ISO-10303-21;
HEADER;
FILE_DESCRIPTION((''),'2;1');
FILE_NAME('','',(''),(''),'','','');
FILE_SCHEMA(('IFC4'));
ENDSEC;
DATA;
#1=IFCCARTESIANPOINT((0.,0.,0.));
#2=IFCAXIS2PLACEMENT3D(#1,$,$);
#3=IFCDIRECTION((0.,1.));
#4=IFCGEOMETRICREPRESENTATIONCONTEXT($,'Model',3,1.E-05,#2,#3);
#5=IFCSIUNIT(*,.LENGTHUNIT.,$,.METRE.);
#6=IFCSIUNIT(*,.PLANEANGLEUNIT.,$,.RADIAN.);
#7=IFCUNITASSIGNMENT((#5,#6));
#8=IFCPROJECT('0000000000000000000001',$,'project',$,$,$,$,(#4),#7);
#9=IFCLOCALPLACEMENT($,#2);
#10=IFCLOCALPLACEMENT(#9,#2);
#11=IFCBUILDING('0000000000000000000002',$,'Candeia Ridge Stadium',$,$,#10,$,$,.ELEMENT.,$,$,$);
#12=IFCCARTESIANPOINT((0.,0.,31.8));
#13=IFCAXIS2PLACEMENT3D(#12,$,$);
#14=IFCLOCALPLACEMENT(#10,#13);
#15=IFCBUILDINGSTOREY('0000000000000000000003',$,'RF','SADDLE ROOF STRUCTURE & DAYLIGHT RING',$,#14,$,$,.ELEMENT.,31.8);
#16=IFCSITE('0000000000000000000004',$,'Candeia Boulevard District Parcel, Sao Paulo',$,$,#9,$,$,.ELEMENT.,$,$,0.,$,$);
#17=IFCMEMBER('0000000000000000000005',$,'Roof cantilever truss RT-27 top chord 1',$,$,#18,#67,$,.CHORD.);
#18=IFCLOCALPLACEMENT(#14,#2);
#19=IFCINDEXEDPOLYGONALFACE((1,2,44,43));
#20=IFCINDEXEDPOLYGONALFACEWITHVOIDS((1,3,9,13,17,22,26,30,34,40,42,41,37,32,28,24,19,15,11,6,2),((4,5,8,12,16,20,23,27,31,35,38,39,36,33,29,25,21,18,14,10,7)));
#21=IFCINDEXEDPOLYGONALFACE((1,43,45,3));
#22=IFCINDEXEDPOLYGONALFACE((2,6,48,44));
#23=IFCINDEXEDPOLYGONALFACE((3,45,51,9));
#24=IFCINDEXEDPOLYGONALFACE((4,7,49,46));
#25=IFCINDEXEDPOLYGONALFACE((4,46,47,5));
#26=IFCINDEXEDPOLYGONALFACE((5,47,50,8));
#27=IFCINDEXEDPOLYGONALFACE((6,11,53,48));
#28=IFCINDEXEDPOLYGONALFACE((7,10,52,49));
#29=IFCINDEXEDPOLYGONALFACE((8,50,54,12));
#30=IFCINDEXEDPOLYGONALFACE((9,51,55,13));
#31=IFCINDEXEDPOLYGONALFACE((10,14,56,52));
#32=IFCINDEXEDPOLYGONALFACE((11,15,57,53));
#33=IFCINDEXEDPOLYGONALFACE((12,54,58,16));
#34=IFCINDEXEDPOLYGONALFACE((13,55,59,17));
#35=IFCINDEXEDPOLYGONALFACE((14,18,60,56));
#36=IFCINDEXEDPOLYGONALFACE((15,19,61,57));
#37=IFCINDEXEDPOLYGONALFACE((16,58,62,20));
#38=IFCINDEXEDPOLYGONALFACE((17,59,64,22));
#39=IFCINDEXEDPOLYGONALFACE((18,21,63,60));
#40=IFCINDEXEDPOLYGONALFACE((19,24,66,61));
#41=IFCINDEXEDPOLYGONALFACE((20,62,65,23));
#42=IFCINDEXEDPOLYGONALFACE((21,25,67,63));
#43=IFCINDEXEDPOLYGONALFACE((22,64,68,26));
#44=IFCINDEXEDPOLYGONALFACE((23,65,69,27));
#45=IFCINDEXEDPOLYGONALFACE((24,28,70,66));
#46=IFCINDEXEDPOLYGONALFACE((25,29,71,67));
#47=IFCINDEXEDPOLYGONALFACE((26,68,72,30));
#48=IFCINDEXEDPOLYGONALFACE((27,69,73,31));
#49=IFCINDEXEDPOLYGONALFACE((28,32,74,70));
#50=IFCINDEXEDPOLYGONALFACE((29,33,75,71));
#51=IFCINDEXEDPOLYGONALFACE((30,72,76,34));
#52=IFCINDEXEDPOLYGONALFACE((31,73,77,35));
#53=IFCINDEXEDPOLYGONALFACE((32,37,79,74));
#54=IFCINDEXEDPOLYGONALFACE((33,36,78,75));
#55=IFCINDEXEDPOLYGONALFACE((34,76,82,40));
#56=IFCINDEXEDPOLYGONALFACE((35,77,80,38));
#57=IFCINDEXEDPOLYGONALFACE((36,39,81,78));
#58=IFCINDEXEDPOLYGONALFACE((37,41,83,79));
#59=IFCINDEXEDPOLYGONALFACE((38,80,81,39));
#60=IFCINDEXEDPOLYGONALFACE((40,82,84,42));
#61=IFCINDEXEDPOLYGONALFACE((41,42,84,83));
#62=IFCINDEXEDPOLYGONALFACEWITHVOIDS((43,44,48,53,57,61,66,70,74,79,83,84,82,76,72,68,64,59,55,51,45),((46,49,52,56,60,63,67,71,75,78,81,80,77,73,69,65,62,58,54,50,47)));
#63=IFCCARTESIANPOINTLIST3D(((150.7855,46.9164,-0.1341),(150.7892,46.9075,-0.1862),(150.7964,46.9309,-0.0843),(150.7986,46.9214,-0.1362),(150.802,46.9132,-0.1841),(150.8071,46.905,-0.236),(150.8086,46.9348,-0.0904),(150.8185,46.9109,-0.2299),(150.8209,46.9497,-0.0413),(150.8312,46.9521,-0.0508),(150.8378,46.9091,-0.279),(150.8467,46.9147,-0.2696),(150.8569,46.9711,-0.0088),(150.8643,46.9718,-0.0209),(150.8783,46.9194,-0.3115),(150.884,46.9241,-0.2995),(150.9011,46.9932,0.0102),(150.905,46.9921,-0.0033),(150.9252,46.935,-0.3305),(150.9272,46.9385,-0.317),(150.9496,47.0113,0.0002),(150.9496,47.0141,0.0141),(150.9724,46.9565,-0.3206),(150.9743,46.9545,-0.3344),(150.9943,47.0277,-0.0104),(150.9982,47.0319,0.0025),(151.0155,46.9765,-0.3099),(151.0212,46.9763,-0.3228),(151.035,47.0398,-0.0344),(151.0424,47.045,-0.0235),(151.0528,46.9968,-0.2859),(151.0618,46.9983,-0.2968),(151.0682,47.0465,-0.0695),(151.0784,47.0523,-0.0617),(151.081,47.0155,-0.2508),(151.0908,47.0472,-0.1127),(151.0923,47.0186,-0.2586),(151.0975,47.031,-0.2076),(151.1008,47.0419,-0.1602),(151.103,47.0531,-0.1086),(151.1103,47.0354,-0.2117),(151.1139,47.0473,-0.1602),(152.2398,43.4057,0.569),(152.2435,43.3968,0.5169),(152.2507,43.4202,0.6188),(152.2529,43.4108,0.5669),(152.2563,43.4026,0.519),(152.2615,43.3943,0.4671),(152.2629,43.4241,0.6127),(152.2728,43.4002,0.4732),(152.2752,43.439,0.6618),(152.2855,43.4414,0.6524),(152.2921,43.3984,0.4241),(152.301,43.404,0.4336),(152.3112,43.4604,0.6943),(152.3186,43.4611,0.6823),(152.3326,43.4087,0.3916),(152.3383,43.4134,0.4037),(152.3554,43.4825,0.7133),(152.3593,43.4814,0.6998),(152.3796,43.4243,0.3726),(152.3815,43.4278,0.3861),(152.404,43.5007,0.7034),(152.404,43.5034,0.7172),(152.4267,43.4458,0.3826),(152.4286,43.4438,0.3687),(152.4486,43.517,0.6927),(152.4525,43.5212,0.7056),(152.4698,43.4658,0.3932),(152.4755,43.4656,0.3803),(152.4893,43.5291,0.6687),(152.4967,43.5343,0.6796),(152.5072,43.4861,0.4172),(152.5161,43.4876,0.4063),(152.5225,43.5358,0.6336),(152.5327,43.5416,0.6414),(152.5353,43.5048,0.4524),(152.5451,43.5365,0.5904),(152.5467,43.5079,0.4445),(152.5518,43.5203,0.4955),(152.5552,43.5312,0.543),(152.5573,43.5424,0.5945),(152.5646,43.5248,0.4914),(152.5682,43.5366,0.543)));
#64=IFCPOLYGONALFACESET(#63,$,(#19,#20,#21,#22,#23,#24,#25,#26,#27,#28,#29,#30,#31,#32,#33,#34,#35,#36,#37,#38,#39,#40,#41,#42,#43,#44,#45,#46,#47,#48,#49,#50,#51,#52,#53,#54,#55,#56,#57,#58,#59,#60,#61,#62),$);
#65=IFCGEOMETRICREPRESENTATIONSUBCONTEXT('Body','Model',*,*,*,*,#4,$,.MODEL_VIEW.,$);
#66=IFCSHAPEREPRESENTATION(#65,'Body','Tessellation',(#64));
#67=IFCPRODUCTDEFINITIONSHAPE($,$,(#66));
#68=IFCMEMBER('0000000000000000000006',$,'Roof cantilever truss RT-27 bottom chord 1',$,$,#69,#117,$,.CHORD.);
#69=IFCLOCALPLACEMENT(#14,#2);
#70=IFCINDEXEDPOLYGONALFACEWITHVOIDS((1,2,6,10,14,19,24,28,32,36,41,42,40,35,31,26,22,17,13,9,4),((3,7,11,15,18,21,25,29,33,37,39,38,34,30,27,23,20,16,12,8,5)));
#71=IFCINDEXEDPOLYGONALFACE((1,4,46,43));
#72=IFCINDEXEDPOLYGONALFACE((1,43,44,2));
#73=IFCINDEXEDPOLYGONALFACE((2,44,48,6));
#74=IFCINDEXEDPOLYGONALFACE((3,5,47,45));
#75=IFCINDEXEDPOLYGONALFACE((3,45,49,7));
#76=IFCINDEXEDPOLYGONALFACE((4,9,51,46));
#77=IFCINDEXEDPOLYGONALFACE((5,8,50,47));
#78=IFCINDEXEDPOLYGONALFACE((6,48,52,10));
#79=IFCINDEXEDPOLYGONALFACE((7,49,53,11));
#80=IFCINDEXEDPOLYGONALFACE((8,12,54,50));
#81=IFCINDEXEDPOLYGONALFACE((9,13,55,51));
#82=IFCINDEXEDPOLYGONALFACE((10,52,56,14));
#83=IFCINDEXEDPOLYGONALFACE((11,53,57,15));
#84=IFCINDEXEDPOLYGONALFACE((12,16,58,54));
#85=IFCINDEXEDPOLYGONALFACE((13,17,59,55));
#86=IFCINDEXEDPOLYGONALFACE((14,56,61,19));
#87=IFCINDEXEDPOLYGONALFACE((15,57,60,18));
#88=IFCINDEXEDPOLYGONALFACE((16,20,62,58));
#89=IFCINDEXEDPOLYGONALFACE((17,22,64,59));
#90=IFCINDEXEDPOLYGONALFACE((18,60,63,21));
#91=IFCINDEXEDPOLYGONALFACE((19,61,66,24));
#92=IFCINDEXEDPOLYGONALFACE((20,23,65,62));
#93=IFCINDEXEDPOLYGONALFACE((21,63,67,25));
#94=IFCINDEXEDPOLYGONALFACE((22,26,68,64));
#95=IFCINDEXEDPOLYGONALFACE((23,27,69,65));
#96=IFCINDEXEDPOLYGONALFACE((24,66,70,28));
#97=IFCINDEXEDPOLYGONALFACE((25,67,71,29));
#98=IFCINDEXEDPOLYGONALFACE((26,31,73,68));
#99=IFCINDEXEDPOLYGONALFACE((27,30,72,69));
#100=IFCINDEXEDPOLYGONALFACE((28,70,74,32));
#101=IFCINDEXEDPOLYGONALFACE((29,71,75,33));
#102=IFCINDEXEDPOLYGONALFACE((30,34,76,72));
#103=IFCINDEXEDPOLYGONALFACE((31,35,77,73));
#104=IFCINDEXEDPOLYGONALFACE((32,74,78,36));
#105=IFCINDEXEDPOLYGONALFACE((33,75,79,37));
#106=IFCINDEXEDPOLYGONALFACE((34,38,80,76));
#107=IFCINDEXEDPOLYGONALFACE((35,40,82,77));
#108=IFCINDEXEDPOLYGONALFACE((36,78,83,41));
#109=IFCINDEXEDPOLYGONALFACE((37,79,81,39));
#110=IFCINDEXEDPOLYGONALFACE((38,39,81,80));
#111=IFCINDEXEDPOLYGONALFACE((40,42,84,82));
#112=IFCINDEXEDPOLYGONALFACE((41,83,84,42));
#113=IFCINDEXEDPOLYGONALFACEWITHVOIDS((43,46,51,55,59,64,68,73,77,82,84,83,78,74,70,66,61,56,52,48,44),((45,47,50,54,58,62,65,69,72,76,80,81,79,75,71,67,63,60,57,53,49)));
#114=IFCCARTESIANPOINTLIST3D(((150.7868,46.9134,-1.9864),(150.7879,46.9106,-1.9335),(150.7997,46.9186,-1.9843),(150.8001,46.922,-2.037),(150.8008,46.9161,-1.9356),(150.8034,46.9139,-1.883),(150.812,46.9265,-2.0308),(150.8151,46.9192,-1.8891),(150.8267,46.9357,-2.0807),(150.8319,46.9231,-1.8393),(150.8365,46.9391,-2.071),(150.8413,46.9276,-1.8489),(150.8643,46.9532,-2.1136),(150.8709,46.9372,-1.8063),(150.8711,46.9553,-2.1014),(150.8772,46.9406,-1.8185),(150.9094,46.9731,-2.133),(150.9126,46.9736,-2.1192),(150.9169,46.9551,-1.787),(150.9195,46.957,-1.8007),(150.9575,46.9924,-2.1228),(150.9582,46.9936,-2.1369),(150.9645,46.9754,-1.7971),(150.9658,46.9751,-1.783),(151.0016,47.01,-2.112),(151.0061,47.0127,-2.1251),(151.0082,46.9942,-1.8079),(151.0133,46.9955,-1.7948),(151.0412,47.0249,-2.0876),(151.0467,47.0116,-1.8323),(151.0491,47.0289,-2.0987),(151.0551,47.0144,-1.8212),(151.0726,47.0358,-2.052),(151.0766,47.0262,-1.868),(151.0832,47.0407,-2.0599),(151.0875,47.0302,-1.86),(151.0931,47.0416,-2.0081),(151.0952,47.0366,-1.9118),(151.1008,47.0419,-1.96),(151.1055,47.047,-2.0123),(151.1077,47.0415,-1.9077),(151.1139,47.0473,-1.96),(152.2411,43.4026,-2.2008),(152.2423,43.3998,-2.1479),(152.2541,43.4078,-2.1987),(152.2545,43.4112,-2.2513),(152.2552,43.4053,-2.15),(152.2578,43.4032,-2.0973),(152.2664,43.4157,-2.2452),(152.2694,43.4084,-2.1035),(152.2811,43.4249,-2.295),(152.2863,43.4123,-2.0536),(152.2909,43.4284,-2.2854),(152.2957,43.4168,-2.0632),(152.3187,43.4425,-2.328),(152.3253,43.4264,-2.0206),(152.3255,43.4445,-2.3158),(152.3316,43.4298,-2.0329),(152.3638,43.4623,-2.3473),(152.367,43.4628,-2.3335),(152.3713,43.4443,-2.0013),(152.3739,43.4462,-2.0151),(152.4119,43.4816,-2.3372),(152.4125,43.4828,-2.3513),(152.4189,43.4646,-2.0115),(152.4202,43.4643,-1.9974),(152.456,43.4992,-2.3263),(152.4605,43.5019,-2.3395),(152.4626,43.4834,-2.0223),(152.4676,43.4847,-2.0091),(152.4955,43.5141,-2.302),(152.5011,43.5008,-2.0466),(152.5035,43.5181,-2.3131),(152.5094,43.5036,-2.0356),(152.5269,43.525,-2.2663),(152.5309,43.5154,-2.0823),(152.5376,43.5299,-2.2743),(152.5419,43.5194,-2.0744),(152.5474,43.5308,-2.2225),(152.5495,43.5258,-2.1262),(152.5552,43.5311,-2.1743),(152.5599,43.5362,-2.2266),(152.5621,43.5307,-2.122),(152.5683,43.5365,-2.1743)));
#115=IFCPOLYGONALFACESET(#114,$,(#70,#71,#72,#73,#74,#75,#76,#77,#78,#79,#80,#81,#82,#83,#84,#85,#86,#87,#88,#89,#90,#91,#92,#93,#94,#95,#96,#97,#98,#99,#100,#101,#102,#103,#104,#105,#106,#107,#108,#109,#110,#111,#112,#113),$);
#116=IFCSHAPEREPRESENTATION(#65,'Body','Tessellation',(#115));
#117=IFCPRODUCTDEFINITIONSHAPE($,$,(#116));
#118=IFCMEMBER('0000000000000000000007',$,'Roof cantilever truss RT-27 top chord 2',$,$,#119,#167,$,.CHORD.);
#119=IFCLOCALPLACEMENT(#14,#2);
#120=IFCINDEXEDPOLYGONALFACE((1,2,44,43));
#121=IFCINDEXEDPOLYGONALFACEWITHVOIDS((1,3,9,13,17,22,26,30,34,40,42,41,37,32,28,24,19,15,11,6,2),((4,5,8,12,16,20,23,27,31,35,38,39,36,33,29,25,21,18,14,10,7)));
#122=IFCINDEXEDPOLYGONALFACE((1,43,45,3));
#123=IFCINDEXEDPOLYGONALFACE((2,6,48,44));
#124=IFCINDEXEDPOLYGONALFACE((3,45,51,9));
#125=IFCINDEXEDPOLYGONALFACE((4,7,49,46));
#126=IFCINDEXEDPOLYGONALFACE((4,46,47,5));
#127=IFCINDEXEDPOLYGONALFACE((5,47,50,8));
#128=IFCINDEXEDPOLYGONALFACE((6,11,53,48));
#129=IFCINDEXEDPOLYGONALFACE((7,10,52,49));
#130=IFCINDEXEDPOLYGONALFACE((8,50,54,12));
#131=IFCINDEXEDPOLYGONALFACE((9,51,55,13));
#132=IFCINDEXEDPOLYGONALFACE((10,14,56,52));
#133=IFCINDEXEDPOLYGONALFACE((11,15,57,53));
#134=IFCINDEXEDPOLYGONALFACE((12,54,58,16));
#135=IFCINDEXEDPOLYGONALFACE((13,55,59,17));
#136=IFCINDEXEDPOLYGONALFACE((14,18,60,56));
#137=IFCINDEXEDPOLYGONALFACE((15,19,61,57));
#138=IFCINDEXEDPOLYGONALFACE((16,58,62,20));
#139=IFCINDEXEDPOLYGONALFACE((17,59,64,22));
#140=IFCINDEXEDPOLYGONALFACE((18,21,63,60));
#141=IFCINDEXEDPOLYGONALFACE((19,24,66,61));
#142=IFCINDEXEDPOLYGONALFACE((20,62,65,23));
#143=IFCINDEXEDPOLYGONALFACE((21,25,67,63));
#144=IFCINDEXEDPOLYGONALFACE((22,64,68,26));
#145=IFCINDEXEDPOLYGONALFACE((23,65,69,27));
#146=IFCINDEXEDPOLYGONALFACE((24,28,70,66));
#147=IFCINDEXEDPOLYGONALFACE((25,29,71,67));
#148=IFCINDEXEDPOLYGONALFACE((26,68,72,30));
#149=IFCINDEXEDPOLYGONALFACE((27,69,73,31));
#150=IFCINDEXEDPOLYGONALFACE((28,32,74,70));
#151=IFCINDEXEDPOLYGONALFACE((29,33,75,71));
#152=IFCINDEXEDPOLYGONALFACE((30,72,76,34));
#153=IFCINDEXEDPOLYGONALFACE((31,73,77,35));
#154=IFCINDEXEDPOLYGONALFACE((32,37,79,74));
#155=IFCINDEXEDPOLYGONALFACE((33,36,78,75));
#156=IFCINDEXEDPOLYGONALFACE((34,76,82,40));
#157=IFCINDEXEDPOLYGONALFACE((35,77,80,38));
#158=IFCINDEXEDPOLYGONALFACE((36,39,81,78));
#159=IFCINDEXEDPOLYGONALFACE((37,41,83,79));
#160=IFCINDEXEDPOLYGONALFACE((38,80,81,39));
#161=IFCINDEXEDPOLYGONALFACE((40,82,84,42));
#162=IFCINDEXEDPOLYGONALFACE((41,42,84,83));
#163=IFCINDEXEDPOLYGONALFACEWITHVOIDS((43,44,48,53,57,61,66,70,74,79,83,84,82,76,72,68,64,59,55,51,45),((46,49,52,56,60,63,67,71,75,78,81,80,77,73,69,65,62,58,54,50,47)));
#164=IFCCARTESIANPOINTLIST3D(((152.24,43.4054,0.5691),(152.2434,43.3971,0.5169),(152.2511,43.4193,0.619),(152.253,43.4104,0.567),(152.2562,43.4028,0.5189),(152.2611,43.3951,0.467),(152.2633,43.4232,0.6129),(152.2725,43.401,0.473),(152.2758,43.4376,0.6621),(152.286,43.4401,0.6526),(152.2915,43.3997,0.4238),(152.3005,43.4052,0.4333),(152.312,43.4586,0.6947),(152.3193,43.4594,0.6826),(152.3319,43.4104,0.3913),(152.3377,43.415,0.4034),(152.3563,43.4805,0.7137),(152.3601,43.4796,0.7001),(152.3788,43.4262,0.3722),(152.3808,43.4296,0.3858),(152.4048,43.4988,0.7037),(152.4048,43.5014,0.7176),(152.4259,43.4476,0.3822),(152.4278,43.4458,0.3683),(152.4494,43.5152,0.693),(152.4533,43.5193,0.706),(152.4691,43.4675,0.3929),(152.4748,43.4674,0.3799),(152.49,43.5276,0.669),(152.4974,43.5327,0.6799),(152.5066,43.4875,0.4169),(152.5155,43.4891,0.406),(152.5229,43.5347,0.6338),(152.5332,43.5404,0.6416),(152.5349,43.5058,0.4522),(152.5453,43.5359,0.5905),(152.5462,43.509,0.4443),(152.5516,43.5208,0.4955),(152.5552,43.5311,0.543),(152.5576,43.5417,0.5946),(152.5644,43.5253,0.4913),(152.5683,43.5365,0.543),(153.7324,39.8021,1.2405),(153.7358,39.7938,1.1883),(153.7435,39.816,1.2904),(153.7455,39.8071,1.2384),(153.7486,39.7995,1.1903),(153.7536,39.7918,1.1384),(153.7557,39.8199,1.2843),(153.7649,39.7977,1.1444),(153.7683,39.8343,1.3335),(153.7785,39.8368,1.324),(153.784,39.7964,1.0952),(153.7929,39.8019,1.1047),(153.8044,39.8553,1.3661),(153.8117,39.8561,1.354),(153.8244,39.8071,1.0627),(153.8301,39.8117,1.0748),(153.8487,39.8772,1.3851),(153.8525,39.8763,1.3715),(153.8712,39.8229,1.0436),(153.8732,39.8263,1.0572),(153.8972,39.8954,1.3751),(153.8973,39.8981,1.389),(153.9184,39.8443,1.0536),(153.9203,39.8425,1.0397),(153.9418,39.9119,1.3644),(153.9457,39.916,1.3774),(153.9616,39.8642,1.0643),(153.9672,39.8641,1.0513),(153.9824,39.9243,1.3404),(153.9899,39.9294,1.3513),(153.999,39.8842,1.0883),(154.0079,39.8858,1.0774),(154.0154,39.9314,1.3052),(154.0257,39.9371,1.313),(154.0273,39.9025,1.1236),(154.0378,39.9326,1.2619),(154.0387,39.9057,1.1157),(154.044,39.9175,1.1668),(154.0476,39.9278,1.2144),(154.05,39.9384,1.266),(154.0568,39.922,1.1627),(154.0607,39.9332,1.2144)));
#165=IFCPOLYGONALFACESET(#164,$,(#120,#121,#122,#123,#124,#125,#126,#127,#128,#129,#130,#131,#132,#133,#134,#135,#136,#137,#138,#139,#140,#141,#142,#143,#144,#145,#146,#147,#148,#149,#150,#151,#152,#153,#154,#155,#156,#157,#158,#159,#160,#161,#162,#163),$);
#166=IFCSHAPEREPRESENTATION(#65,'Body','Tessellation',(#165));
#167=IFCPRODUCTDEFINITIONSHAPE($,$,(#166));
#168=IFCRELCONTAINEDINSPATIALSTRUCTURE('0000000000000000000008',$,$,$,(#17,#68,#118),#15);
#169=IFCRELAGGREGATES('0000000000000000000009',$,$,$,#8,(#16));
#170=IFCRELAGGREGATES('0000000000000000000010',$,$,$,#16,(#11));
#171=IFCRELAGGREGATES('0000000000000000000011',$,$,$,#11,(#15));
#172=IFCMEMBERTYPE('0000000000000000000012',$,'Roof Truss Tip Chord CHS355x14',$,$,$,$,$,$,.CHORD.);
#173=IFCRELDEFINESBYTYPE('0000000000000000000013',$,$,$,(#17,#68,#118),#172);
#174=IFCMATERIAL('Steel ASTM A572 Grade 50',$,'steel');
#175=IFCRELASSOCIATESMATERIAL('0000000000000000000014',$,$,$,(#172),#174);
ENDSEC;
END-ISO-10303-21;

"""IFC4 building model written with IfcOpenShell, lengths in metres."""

from ifc_helpers import new_model, si_unit, direction, frame, origin, origin_2d, place, context, subcontext, project, spatial, hollow_circle, extrude, material, material_profile, profile_set, type_object, element, save


model = new_model("IFC4")

# Units and contexts
model_context = context("Model", 3, precision=1e-05, world=origin(), true_north=direction((0.0, 1.0)))
body_context = subcontext(model_context, "Body", "Model", "MODEL_VIEW")
ifc_project = project(units=[si_unit("LENGTHUNIT", "METRE"), si_unit("PLANEANGLEUNIT", "RADIAN")], contexts=[model_context])

# Site, building, storey
site_placement = place(None, origin())
site = spatial("IfcSite", under=ifc_project, at=site_placement, Name="Candeia Boulevard District Parcel, Sao Paulo", CompositionType="ELEMENT", RefElevation=0.0)
building_placement = place(site_placement, origin())
building = spatial("IfcBuilding", under=site, at=building_placement, Name="Candeia Ridge Stadium", CompositionType="ELEMENT")
storey_placement = place(building_placement, frame((0.0, 0.0, 31.8)))
storey = spatial("IfcBuildingStorey", under=building, at=storey_placement, Name="RF", Description="SADDLE ROOF STRUCTURE & DAYLIGHT RING", CompositionType="ELEMENT", Elevation=31.8)

# Shared definitions
ifc_material_1 = material(Name="Steel ASTM A572 Grade 50", Category="steel")

# Members
ifc_material_profile_1 = material_profile(ifc_material_1, hollow_circle(Radius=0.1777, WallThickness=0.0142, at=origin_2d()), Name="CHS355x14", Category="steel")
ifc_profile_set_1 = profile_set([ifc_material_profile_1], Name="Steel ASTM A572 Grade 50")
member_type_1 = type_object("IfcMemberType", Name="Roof Truss Tip Chord CHS355x14", PredefinedType="CHORD", material=ifc_profile_set_1)
member_1_placement = place(storey_placement, frame((150.9497, 46.9792, -0.1602), z_axis=(0.376329, -0.908446, 0.181942), x_axis=(0.923866, 0.382717, 0.0)))
element("IfcMember", 1, at=member_1_placement, inside=storey, type_object=member_type_1, Name="Roof cantilever truss RT-27 top chord 1", PredefinedType="CHORD", context=body_context, shape_type="SweptSolid", body=[
    extrude(hollow_circle(Radius=0.1777, WallThickness=0.0142, at=origin_2d()), origin(), (0.0, 0.0, 1.0), 3.8645),
])
member_2_placement = place(storey_placement, frame((150.9497, 46.9792, -1.96), z_axis=(0.382109, -0.922399, -0.056319), x_axis=(0.923866, 0.382717, 0.0)))
element("IfcMember", 2, at=member_2_placement, inside=storey, type_object=member_type_1, Name="Roof cantilever truss RT-27 bottom chord 1", PredefinedType="CHORD", context=body_context, shape_type="SweptSolid", body=[
    extrude(hollow_circle(Radius=0.1777, WallThickness=0.0142, at=origin_2d()), origin(), (0.0, 0.0, 1.0), 3.8062),
])
member_3_placement = place(storey_placement, frame((152.4041, 43.4685, 0.543), z_axis=(0.377116, -0.910496, 0.16965), x_axis=(0.923888, 0.382663, 0.0)))
element("IfcMember", 3, at=member_3_placement, inside=storey, type_object=member_type_1, Name="Roof cantilever truss RT-27 top chord 2", PredefinedType="CHORD", context=body_context, shape_type="SweptSolid", body=[
    extrude(hollow_circle(Radius=0.1777, WallThickness=0.0142, at=origin_2d()), origin(), (0.0, 0.0, 1.0), 3.9575),
])

save(model, "model.ifc")
